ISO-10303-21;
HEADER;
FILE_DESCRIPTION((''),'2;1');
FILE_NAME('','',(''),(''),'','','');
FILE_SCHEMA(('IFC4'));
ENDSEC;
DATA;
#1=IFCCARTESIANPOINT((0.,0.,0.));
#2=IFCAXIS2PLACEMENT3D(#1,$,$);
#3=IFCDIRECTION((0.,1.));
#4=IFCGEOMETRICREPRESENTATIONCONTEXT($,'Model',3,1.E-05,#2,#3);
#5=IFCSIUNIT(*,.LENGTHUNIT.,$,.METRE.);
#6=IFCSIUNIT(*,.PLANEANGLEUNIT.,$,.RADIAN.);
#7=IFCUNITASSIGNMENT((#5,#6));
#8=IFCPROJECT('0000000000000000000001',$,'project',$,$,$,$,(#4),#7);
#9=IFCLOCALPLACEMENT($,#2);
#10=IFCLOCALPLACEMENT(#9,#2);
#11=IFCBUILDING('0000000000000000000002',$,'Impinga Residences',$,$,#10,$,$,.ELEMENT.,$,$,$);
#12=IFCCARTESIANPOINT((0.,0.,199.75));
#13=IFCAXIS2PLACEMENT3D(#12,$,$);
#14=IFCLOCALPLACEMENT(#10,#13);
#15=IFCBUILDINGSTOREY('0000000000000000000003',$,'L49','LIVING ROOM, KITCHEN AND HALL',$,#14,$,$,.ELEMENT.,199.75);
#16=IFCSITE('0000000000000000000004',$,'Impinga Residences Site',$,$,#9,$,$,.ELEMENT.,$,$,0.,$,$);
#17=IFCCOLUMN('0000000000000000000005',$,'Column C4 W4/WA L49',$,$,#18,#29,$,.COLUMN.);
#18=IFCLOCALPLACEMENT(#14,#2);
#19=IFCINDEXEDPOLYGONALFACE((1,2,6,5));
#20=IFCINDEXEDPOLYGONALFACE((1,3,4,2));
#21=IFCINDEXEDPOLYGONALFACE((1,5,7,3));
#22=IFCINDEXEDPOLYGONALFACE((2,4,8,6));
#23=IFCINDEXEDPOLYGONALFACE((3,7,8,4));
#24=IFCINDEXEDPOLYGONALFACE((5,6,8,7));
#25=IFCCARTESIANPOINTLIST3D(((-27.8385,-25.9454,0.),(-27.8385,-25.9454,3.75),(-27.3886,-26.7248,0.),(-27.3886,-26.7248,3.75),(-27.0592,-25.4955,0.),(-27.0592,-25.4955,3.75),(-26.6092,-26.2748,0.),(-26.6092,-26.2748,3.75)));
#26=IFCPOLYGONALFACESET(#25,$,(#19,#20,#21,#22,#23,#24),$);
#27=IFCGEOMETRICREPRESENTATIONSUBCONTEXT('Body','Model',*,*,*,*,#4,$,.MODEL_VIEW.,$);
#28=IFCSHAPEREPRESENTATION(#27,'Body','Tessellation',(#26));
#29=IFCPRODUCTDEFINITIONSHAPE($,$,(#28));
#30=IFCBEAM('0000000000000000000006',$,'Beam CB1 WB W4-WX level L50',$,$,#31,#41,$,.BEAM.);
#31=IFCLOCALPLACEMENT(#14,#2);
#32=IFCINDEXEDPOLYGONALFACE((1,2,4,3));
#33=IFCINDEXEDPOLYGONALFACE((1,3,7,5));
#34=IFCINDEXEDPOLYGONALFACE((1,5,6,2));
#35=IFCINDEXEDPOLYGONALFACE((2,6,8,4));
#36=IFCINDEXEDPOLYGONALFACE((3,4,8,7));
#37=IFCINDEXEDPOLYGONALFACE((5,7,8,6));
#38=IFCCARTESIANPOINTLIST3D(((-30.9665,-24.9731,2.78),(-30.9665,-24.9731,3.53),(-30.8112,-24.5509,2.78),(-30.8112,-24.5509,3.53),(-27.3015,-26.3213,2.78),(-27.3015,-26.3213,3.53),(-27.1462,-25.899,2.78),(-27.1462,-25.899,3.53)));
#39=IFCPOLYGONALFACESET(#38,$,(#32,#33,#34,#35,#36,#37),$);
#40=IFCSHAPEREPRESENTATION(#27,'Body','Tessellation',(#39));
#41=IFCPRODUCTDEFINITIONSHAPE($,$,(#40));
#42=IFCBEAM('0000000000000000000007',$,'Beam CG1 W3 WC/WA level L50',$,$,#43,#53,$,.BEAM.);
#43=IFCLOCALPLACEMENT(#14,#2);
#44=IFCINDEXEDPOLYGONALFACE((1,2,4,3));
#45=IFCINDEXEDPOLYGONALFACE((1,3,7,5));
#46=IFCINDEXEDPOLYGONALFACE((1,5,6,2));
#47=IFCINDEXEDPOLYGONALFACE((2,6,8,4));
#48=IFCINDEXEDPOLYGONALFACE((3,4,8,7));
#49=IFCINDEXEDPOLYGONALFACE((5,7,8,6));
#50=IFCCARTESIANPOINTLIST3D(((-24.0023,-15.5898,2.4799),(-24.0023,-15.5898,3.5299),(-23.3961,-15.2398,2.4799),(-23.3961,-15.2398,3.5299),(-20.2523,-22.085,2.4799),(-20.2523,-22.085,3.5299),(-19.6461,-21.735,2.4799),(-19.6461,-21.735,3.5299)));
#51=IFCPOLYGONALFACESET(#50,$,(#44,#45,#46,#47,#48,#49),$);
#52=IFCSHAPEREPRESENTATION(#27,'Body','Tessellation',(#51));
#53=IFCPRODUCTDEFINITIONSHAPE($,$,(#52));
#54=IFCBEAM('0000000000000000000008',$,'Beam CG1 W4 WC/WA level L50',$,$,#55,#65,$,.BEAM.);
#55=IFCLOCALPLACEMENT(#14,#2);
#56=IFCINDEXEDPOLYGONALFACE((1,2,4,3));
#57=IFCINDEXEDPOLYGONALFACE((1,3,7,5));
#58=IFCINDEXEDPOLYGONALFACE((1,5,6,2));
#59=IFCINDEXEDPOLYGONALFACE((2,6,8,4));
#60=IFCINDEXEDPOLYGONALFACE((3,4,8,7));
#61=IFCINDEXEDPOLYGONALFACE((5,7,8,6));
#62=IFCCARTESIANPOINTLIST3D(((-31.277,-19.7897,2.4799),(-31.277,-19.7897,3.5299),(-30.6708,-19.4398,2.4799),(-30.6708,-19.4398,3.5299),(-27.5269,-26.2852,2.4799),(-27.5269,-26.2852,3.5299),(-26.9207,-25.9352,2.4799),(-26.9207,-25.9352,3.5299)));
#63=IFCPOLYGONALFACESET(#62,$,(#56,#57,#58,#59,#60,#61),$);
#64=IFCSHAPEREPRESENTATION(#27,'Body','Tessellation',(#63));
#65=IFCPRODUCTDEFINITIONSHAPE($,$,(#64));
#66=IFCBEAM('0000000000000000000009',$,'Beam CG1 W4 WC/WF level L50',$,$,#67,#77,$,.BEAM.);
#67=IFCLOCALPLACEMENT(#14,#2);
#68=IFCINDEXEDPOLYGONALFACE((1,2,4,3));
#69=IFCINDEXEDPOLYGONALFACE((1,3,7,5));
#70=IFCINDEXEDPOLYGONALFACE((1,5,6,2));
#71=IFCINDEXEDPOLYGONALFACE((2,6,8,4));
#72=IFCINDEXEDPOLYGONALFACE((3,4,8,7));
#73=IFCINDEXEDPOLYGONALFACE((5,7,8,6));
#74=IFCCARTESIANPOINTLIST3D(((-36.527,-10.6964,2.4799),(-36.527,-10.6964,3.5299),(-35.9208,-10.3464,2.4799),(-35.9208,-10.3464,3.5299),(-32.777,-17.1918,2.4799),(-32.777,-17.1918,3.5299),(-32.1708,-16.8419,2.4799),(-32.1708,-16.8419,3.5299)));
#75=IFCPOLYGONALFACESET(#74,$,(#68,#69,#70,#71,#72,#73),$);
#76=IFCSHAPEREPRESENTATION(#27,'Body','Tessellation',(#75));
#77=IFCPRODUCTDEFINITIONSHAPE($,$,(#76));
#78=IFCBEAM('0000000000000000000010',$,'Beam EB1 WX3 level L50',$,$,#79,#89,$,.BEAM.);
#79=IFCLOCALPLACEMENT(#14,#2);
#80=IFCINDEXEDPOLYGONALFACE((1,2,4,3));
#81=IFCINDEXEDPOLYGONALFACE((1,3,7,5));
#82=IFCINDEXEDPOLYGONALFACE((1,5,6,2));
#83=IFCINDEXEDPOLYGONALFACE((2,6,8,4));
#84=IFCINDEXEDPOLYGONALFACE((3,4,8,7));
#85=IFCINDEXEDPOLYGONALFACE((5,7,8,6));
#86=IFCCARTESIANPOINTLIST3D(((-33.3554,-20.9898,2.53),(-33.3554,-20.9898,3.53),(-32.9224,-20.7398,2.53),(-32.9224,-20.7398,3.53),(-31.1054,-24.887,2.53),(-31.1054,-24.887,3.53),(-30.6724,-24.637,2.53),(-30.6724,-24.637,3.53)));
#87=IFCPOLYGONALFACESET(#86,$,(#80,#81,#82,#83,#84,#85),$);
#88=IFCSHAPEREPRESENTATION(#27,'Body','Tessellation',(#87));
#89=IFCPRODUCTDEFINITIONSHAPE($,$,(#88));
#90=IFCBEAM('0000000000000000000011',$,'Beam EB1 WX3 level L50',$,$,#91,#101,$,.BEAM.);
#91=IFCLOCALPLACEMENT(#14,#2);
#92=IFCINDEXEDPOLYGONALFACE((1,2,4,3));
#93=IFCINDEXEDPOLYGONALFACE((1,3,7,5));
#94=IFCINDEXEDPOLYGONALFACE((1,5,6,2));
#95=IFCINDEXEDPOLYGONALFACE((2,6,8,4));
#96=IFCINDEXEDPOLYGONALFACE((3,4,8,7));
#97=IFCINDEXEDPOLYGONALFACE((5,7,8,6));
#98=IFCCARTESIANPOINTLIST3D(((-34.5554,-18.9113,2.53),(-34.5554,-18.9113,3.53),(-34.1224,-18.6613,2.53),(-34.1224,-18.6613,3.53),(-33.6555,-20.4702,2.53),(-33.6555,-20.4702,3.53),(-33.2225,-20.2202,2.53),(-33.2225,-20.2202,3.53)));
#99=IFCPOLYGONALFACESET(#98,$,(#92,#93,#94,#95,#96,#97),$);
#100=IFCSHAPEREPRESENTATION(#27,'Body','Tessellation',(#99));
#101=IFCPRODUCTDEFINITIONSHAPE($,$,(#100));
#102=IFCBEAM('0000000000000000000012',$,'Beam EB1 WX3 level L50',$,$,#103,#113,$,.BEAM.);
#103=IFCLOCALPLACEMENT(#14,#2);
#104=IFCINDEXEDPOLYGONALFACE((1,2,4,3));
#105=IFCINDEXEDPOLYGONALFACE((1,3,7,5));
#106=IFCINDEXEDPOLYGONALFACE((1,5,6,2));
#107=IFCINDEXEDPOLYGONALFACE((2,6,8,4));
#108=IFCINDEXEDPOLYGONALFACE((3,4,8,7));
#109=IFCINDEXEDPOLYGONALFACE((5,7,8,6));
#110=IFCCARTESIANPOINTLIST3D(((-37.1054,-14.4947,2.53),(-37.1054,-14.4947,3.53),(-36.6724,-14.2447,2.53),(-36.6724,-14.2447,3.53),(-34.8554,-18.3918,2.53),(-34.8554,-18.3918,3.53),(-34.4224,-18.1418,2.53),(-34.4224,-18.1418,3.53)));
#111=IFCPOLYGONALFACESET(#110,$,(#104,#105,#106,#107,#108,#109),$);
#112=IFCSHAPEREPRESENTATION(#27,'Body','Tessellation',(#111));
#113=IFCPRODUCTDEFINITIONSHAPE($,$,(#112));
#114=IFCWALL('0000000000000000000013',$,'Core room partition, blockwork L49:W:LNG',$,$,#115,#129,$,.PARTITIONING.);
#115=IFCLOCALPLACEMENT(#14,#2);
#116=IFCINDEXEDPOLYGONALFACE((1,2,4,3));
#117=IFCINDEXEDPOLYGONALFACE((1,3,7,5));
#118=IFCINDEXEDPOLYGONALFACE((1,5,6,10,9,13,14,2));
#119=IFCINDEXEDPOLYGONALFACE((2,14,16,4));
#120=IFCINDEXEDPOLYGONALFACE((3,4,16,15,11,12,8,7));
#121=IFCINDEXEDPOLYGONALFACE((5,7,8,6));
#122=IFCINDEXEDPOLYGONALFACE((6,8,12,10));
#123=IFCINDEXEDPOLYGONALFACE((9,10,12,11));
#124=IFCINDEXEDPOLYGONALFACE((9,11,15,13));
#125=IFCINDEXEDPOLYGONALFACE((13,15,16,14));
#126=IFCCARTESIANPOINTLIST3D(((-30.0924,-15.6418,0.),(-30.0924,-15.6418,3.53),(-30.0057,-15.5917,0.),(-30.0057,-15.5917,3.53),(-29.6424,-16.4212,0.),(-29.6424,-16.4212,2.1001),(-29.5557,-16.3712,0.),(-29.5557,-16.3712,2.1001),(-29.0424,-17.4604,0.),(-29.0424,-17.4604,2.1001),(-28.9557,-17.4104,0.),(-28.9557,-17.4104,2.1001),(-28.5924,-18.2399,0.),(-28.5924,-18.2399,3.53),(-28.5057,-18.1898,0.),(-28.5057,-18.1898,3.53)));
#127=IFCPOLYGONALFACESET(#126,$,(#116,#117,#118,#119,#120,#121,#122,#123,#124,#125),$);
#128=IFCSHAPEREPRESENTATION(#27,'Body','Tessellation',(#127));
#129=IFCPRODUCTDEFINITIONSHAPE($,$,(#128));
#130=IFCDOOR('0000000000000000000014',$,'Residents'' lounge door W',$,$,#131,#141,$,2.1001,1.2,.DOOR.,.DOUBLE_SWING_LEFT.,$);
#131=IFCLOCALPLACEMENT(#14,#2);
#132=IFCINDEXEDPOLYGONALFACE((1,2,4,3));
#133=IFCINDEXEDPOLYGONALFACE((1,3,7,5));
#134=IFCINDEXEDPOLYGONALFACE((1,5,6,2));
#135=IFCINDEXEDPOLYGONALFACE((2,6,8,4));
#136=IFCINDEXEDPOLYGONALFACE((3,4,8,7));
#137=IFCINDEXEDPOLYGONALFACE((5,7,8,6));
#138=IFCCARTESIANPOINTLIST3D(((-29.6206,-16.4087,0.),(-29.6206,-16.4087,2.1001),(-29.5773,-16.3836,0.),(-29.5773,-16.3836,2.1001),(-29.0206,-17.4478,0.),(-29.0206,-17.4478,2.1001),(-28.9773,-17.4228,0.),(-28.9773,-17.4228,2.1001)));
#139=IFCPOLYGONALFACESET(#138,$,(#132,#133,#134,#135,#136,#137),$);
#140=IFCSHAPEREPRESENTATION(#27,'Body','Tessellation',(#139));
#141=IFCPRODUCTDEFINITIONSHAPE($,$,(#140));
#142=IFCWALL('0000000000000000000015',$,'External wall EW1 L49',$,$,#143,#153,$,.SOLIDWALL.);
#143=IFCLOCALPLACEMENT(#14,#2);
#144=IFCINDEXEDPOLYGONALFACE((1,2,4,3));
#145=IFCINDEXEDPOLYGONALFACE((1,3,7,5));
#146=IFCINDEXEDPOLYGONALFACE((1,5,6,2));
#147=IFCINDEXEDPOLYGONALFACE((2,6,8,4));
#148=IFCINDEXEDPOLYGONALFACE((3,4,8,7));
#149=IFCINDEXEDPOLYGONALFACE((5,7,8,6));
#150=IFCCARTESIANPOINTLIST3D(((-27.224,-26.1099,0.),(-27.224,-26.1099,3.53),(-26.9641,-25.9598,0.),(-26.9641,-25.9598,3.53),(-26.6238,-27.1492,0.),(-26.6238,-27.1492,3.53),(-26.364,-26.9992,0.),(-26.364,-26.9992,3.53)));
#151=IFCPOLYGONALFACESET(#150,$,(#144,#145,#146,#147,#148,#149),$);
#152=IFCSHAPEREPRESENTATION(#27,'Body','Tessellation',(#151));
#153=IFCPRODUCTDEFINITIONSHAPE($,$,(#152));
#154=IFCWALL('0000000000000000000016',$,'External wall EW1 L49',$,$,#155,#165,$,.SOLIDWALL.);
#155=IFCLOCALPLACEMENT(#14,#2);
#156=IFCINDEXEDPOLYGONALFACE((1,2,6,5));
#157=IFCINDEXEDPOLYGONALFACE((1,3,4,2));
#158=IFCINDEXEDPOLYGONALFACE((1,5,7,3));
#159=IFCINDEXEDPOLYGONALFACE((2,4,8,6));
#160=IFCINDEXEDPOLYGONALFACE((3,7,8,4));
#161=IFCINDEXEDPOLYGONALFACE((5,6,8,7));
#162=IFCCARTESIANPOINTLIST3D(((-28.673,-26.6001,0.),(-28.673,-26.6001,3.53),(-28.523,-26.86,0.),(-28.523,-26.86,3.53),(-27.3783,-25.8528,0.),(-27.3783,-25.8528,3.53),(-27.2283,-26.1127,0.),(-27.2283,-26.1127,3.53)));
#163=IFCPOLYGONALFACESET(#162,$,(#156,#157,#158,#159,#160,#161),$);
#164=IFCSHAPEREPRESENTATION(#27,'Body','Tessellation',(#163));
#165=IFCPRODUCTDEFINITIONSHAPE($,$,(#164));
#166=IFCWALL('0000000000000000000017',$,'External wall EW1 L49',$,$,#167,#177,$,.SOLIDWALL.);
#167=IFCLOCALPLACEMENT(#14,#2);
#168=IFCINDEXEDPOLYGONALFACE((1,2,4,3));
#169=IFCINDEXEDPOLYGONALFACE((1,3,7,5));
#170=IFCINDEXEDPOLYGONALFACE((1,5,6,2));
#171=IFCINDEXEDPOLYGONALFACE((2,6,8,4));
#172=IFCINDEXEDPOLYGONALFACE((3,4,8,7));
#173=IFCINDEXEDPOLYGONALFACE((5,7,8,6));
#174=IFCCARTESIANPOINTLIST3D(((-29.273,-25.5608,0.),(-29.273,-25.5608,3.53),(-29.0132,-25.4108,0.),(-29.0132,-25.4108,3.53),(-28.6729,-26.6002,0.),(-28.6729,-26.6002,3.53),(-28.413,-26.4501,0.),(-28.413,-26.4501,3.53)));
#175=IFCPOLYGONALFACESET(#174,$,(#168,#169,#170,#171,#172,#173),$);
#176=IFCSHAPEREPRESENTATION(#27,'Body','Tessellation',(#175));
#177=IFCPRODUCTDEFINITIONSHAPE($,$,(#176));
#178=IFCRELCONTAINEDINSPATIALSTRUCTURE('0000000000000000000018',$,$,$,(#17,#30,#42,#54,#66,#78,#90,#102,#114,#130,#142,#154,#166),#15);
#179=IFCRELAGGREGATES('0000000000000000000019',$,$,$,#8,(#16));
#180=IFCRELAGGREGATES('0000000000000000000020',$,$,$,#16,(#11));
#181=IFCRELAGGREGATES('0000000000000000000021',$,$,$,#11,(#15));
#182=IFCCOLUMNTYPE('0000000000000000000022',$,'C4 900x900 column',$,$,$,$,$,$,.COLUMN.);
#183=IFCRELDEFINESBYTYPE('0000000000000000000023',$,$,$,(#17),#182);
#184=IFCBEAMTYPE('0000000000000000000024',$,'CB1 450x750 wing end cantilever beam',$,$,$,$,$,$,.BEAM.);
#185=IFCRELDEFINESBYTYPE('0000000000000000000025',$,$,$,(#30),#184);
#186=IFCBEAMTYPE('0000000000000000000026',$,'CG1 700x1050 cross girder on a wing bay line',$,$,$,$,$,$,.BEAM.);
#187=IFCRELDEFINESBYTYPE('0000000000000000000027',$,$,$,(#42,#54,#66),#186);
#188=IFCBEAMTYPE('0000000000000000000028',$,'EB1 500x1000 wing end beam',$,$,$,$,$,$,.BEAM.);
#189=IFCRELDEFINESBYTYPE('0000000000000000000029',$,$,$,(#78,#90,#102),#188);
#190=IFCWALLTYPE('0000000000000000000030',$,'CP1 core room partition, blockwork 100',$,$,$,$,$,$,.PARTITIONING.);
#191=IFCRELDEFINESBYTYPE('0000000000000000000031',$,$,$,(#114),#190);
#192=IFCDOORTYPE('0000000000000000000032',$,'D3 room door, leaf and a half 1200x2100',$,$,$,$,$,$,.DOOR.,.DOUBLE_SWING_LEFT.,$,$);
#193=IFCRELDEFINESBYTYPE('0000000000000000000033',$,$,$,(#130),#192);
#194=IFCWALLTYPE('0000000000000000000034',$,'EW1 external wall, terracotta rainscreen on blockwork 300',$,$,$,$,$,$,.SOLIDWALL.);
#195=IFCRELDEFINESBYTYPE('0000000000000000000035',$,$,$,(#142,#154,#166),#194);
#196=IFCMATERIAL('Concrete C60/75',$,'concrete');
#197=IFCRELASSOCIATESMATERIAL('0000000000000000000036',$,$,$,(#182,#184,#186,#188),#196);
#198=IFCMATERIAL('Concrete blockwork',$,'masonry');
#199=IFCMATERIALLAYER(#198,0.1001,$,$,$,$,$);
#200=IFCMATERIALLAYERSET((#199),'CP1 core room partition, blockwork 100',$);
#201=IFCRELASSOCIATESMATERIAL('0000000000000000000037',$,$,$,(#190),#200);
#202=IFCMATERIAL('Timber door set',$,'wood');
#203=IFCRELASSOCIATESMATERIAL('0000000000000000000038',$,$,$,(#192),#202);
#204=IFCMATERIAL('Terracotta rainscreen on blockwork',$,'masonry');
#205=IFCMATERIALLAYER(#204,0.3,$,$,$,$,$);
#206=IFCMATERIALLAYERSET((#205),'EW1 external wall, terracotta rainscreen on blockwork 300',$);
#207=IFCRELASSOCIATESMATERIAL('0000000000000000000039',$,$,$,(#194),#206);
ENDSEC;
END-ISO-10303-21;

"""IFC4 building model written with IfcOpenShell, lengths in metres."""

from ifc_helpers import new_model, si_unit, direction, frame, frame_2d, origin, origin_2d, place, context, subcontext, project, spatial, rectangle, extrude, material, layer, layer_set, material_profile, profile_set, type_object, element, fill, save


model = new_model("IFC4")

# Units and contexts
model_context = context("Model", 3, precision=1e-05, world=origin(), true_north=direction((0.0, 1.0)))
body_context = subcontext(model_context, "Body", "Model", "MODEL_VIEW")
ifc_project = project(units=[si_unit("LENGTHUNIT", "METRE"), si_unit("PLANEANGLEUNIT", "RADIAN")], contexts=[model_context])

# Site, building, storey
site_placement = place(None, origin())
site = spatial("IfcSite", under=ifc_project, at=site_placement, Name="Impinga Residences Site", CompositionType="ELEMENT", RefElevation=0.0)
building_placement = place(site_placement, origin())
building = spatial("IfcBuilding", under=site, at=building_placement, Name="Impinga Residences", CompositionType="ELEMENT")
storey_placement = place(building_placement, frame((0.0, 0.0, 199.75)))
storey = spatial("IfcBuildingStorey", under=building, at=storey_placement, Name="L49", Description="LIVING ROOM, KITCHEN AND HALL", CompositionType="ELEMENT", Elevation=199.75)

# Column
ifc_material_1 = material(Name="Concrete C60/75", Category="concrete")
ifc_material_profile_1 = material_profile(ifc_material_1, rectangle(XDim=0.8999, YDim=0.8999, at=origin_2d()), Name="RC 900x900")
ifc_profile_set_1 = profile_set([ifc_material_profile_1], Name="Concrete C60/75")
column_type = type_object("IfcColumnType", Name="C4 900x900 column", PredefinedType="COLUMN", material=ifc_profile_set_1)
column_placement = place(storey_placement, frame((-27.2239, -26.1101, 0.0), z_axis=(0.0, 0.0, 1.0), x_axis=(-0.5, 0.866025, 0.0)))
element("IfcColumn", 1, at=column_placement, inside=storey, type_object=column_type, Name="Column C4 W4/WA L49", PredefinedType="COLUMN", context=body_context, shape_type="SweptSolid", body=[
    extrude(rectangle(XDim=0.8999, YDim=0.8999, at=origin_2d()), origin(), (0.0, 0.0, 1.0), 3.75),
])

# Beams
ifc_material_profile_2 = material_profile(ifc_material_1, rectangle(XDim=0.45, YDim=0.75, at=origin_2d()), Name="RC 450x750")
ifc_profile_set_2 = profile_set([ifc_material_profile_2], Name="Concrete C60/75")
beam_type_1 = type_object("IfcBeamType", Name="CB1 450x750 wing end cantilever beam", PredefinedType="BEAM", material=ifc_profile_set_2)
beam_1_placement = place(storey_placement, frame((-27.2239, -26.1101, 3.155), z_axis=(-0.93852, 0.345224, 0.0), x_axis=(-0.345224, -0.93852, 0.0)))
element("IfcBeam", 2, at=beam_1_placement, inside=storey, type_object=beam_type_1, Name="Beam CB1 WB W4-WX level L50", PredefinedType="BEAM", context=body_context, shape_type="SweptSolid", body=[
    extrude(rectangle(XDim=0.45, YDim=0.75, at=origin_2d()), origin(), (0.0, 0.0, 1.0), 3.905),
])
ifc_material_profile_3 = material_profile(ifc_material_1, rectangle(XDim=0.7, YDim=1.05, at=origin_2d()), Name="RC 700x1050")
ifc_profile_set_3 = profile_set([ifc_material_profile_3], Name="Concrete C60/75")
beam_type_2 = type_object("IfcBeamType", Name="CG1 700x1050 cross girder on a wing bay line", PredefinedType="BEAM", material=ifc_profile_set_3)
beam_2_placement = place(storey_placement, frame((-23.6992, -15.4148, 3.0049), z_axis=(0.500004, -0.866023, 0.0), x_axis=(0.866023, 0.500004, 0.0)))
element("IfcBeam", 3, at=beam_2_placement, inside=storey, type_object=beam_type_2, Name="Beam CG1 W3 WC/WA level L50", PredefinedType="BEAM", context=body_context, shape_type="SweptSolid", body=[
    extrude(rectangle(XDim=0.7, YDim=1.05, at=origin_2d()), origin(), (0.0, 0.0, 1.0), 7.5),
])
for number, where, z_axis, x_axis, name in (
    (4, (-30.9739, -19.6147, 3.0049), (0.49999, -0.866031, 0.0), (0.866031, 0.49999, 0.0), "Beam CG1 W4 WC/WA level L50"),
    (5, (-32.4739, -17.0168, 3.0049), (-0.49999, 0.866031, 0.0), (-0.866031, -0.49999, 0.0), "Beam CG1 W4 WC/WF level L50"),
):
    element("IfcBeam", number, at=place(storey_placement, frame(where, z_axis=z_axis, x_axis=x_axis)), inside=storey, type_object=beam_type_2, Name=name, PredefinedType="BEAM", context=body_context, shape_type="SweptSolid", body=[
        extrude(rectangle(XDim=0.7, YDim=1.05, at=origin_2d()), origin(), (0.0, 0.0, 1.0), 7.5002),
    ])
ifc_material_profile_4 = material_profile(ifc_material_1, rectangle(XDim=0.5, YDim=1.0, at=origin_2d()), Name="RC 500x1000")
ifc_profile_set_4 = profile_set([ifc_material_profile_4], Name="Concrete C60/75")
beam_type_3 = type_object("IfcBeamType", Name="EB1 500x1000 wing end beam", PredefinedType="BEAM", material=ifc_profile_set_4)
beam_3_placement = place(storey_placement, frame((-30.8889, -24.762, 3.03), z_axis=(-0.49999, 0.866031, 0.0), x_axis=(-0.866031, -0.49999, 0.0)))
element("IfcBeam", 6, at=beam_3_placement, inside=storey, type_object=beam_type_3, Name="Beam EB1 WX3 level L50", PredefinedType="BEAM", context=body_context, shape_type="SweptSolid", body=[
    extrude(rectangle(XDim=0.5, YDim=1.0, at=origin_2d()), origin(), (0.0, 0.0, 1.0), 4.5),
])
beam_4_placement = place(storey_placement, frame((-33.439, -20.3452, 3.03), z_axis=(-0.499961, 0.866048, 0.0), x_axis=(-0.866048, -0.499961, 0.0)))
element("IfcBeam", 7, at=beam_4_placement, inside=storey, type_object=beam_type_3, Name="Beam EB1 WX3 level L50", PredefinedType="BEAM", context=body_context, shape_type="SweptSolid", body=[
    extrude(rectangle(XDim=0.5, YDim=1.0, at=origin_2d()), origin(), (0.0, 0.0, 1.0), 1.8),
])
beam_5_placement = place(storey_placement, frame((-34.6389, -18.2668, 3.03), z_axis=(-0.49999, 0.866031, 0.0), x_axis=(-0.866031, -0.49999, 0.0)))
element("IfcBeam", 8, at=beam_5_placement, inside=storey, type_object=beam_type_3, Name="Beam EB1 WX3 level L50", PredefinedType="BEAM", context=body_context, shape_type="SweptSolid", body=[
    extrude(rectangle(XDim=0.5, YDim=1.0, at=origin_2d()), origin(), (0.0, 0.0, 1.0), 4.5),
])

# Wall, opening, door
ifc_material_2 = material(Name="Concrete blockwork", Category="masonry")
ifc_layer_1 = layer(ifc_material_2, 0.1001)
ifc_layer_set_1 = layer_set([ifc_layer_1], Name="CP1 core room partition, blockwork 100")
wall_type_1 = type_object("IfcWallType", Name="CP1 core room partition, blockwork 100", PredefinedType="PARTITIONING", material=ifc_layer_set_1)
wall_1_placement = place(storey_placement, frame((-28.5491, -18.2148, 0.0), z_axis=(0.0, 0.0, 1.0), x_axis=(-0.49999, 0.866031, 0.0)))
wall_1 = element("IfcWall", 9, at=wall_1_placement, inside=storey, type_object=wall_type_1, Name="Core room partition, blockwork L49:W:LNG", PredefinedType="PARTITIONING", context=body_context, shape_type="SweptSolid", body=[
    extrude(rectangle(XDim=3.0, YDim=0.1001, at=frame_2d((1.5, 0.0))), origin(), (0.0, 0.0, 1.0), 3.53),
])
opening_1_placement = place(wall_1_placement, frame((0.8999, 0.0, 0.0)))
opening_1 = element("IfcOpeningElement", 10, at=opening_1_placement, cuts=wall_1, PredefinedType="OPENING", context=body_context, shape_type="SweptSolid", body=[
    extrude(rectangle(XDim=1.2, YDim=2.1001, at=frame_2d((0.6001, 1.05))), frame((0.0, 0.0601, 0.0), z_axis=(0.0, -1.0, 0.0), x_axis=(1.0, 0.0, 0.0)), (0.0, 0.0, 1.0), 0.1201),
])
ifc_material_3 = material(Name="Timber door set", Category="wood")
door_type_1 = type_object("IfcDoorType", Name="D3 room door, leaf and a half 1200x2100", OperationType="DOUBLE_SWING_LEFT", PredefinedType="DOOR", material=ifc_material_3)
door_1_placement = place(opening_1_placement, origin())
door_1 = element("IfcDoor", 11, at=door_1_placement, inside=storey, type_object=door_type_1, Name="Residents' lounge door W", OperationType="DOUBLE_SWING_LEFT", OverallHeight=2.1001, OverallWidth=1.2, PredefinedType="DOOR", context=body_context, shape_type="SweptSolid", body=[
    extrude(rectangle(XDim=1.2, YDim=2.1001, at=frame_2d((0.6001, 1.05))), frame((0.0, 0.0249, 0.0), z_axis=(0.0, -1.0, 0.0), x_axis=(1.0, 0.0, 0.0)), (0.0, 0.0, 1.0), 0.05),
])
fill(opening_1, door_1)

# Walls
ifc_material_4 = material(Name="Terracotta rainscreen on blockwork", Category="masonry")
ifc_layer_2 = layer(ifc_material_4, 0.3)
ifc_layer_set_2 = layer_set([ifc_layer_2], Name="EW1 external wall, terracotta rainscreen on blockwork 300")
wall_type_2 = type_object("IfcWallType", Name="EW1 external wall, terracotta rainscreen on blockwork 300", PredefinedType="SOLIDWALL", material=ifc_layer_set_2)
wall_2_placement = place(storey_placement, frame((-26.4939, -27.0742, 0.0), z_axis=(0.0, 0.0, 1.0), x_axis=(-0.500034, 0.866006, 0.0)))
element("IfcWall", 12, at=wall_2_placement, inside=storey, type_object=wall_type_2, Name="External wall EW1 L49", PredefinedType="SOLIDWALL", context=body_context, shape_type="SweptSolid", body=[
    extrude(rectangle(XDim=1.2002, YDim=0.3, at=frame_2d((0.6001, 0.0))), origin(), (0.0, 0.0, 1.0), 3.53),
])
wall_3_placement = place(storey_placement, frame((-27.3032, -25.9827, 0.0), z_axis=(0.0, 0.0, 1.0), x_axis=(-0.866074, -0.499916, 0.0)))
element("IfcWall", 13, at=wall_3_placement, inside=storey, type_object=wall_type_2, Name="External wall EW1 L49", PredefinedType="SOLIDWALL", context=body_context, shape_type="SweptSolid", body=[
    extrude(rectangle(XDim=1.4949, YDim=0.3, at=frame_2d((0.7476, 0.0))), origin(), (0.0, 0.0, 1.0), 3.53),
])
wall_4_placement = place(storey_placement, frame((-28.543, -26.5251, 0.0), z_axis=(0.0, 0.0, 1.0), x_axis=(-0.500034, 0.866006, 0.0)))
element("IfcWall", 14, at=wall_4_placement, inside=storey, type_object=wall_type_2, Name="External wall EW1 L49", PredefinedType="SOLIDWALL", context=body_context, shape_type="SweptSolid", body=[
    extrude(rectangle(XDim=1.2002, YDim=0.3, at=frame_2d((0.6001, 0.0))), origin(), (0.0, 0.0, 1.0), 3.53),
])

save(model, "model.ifc")
